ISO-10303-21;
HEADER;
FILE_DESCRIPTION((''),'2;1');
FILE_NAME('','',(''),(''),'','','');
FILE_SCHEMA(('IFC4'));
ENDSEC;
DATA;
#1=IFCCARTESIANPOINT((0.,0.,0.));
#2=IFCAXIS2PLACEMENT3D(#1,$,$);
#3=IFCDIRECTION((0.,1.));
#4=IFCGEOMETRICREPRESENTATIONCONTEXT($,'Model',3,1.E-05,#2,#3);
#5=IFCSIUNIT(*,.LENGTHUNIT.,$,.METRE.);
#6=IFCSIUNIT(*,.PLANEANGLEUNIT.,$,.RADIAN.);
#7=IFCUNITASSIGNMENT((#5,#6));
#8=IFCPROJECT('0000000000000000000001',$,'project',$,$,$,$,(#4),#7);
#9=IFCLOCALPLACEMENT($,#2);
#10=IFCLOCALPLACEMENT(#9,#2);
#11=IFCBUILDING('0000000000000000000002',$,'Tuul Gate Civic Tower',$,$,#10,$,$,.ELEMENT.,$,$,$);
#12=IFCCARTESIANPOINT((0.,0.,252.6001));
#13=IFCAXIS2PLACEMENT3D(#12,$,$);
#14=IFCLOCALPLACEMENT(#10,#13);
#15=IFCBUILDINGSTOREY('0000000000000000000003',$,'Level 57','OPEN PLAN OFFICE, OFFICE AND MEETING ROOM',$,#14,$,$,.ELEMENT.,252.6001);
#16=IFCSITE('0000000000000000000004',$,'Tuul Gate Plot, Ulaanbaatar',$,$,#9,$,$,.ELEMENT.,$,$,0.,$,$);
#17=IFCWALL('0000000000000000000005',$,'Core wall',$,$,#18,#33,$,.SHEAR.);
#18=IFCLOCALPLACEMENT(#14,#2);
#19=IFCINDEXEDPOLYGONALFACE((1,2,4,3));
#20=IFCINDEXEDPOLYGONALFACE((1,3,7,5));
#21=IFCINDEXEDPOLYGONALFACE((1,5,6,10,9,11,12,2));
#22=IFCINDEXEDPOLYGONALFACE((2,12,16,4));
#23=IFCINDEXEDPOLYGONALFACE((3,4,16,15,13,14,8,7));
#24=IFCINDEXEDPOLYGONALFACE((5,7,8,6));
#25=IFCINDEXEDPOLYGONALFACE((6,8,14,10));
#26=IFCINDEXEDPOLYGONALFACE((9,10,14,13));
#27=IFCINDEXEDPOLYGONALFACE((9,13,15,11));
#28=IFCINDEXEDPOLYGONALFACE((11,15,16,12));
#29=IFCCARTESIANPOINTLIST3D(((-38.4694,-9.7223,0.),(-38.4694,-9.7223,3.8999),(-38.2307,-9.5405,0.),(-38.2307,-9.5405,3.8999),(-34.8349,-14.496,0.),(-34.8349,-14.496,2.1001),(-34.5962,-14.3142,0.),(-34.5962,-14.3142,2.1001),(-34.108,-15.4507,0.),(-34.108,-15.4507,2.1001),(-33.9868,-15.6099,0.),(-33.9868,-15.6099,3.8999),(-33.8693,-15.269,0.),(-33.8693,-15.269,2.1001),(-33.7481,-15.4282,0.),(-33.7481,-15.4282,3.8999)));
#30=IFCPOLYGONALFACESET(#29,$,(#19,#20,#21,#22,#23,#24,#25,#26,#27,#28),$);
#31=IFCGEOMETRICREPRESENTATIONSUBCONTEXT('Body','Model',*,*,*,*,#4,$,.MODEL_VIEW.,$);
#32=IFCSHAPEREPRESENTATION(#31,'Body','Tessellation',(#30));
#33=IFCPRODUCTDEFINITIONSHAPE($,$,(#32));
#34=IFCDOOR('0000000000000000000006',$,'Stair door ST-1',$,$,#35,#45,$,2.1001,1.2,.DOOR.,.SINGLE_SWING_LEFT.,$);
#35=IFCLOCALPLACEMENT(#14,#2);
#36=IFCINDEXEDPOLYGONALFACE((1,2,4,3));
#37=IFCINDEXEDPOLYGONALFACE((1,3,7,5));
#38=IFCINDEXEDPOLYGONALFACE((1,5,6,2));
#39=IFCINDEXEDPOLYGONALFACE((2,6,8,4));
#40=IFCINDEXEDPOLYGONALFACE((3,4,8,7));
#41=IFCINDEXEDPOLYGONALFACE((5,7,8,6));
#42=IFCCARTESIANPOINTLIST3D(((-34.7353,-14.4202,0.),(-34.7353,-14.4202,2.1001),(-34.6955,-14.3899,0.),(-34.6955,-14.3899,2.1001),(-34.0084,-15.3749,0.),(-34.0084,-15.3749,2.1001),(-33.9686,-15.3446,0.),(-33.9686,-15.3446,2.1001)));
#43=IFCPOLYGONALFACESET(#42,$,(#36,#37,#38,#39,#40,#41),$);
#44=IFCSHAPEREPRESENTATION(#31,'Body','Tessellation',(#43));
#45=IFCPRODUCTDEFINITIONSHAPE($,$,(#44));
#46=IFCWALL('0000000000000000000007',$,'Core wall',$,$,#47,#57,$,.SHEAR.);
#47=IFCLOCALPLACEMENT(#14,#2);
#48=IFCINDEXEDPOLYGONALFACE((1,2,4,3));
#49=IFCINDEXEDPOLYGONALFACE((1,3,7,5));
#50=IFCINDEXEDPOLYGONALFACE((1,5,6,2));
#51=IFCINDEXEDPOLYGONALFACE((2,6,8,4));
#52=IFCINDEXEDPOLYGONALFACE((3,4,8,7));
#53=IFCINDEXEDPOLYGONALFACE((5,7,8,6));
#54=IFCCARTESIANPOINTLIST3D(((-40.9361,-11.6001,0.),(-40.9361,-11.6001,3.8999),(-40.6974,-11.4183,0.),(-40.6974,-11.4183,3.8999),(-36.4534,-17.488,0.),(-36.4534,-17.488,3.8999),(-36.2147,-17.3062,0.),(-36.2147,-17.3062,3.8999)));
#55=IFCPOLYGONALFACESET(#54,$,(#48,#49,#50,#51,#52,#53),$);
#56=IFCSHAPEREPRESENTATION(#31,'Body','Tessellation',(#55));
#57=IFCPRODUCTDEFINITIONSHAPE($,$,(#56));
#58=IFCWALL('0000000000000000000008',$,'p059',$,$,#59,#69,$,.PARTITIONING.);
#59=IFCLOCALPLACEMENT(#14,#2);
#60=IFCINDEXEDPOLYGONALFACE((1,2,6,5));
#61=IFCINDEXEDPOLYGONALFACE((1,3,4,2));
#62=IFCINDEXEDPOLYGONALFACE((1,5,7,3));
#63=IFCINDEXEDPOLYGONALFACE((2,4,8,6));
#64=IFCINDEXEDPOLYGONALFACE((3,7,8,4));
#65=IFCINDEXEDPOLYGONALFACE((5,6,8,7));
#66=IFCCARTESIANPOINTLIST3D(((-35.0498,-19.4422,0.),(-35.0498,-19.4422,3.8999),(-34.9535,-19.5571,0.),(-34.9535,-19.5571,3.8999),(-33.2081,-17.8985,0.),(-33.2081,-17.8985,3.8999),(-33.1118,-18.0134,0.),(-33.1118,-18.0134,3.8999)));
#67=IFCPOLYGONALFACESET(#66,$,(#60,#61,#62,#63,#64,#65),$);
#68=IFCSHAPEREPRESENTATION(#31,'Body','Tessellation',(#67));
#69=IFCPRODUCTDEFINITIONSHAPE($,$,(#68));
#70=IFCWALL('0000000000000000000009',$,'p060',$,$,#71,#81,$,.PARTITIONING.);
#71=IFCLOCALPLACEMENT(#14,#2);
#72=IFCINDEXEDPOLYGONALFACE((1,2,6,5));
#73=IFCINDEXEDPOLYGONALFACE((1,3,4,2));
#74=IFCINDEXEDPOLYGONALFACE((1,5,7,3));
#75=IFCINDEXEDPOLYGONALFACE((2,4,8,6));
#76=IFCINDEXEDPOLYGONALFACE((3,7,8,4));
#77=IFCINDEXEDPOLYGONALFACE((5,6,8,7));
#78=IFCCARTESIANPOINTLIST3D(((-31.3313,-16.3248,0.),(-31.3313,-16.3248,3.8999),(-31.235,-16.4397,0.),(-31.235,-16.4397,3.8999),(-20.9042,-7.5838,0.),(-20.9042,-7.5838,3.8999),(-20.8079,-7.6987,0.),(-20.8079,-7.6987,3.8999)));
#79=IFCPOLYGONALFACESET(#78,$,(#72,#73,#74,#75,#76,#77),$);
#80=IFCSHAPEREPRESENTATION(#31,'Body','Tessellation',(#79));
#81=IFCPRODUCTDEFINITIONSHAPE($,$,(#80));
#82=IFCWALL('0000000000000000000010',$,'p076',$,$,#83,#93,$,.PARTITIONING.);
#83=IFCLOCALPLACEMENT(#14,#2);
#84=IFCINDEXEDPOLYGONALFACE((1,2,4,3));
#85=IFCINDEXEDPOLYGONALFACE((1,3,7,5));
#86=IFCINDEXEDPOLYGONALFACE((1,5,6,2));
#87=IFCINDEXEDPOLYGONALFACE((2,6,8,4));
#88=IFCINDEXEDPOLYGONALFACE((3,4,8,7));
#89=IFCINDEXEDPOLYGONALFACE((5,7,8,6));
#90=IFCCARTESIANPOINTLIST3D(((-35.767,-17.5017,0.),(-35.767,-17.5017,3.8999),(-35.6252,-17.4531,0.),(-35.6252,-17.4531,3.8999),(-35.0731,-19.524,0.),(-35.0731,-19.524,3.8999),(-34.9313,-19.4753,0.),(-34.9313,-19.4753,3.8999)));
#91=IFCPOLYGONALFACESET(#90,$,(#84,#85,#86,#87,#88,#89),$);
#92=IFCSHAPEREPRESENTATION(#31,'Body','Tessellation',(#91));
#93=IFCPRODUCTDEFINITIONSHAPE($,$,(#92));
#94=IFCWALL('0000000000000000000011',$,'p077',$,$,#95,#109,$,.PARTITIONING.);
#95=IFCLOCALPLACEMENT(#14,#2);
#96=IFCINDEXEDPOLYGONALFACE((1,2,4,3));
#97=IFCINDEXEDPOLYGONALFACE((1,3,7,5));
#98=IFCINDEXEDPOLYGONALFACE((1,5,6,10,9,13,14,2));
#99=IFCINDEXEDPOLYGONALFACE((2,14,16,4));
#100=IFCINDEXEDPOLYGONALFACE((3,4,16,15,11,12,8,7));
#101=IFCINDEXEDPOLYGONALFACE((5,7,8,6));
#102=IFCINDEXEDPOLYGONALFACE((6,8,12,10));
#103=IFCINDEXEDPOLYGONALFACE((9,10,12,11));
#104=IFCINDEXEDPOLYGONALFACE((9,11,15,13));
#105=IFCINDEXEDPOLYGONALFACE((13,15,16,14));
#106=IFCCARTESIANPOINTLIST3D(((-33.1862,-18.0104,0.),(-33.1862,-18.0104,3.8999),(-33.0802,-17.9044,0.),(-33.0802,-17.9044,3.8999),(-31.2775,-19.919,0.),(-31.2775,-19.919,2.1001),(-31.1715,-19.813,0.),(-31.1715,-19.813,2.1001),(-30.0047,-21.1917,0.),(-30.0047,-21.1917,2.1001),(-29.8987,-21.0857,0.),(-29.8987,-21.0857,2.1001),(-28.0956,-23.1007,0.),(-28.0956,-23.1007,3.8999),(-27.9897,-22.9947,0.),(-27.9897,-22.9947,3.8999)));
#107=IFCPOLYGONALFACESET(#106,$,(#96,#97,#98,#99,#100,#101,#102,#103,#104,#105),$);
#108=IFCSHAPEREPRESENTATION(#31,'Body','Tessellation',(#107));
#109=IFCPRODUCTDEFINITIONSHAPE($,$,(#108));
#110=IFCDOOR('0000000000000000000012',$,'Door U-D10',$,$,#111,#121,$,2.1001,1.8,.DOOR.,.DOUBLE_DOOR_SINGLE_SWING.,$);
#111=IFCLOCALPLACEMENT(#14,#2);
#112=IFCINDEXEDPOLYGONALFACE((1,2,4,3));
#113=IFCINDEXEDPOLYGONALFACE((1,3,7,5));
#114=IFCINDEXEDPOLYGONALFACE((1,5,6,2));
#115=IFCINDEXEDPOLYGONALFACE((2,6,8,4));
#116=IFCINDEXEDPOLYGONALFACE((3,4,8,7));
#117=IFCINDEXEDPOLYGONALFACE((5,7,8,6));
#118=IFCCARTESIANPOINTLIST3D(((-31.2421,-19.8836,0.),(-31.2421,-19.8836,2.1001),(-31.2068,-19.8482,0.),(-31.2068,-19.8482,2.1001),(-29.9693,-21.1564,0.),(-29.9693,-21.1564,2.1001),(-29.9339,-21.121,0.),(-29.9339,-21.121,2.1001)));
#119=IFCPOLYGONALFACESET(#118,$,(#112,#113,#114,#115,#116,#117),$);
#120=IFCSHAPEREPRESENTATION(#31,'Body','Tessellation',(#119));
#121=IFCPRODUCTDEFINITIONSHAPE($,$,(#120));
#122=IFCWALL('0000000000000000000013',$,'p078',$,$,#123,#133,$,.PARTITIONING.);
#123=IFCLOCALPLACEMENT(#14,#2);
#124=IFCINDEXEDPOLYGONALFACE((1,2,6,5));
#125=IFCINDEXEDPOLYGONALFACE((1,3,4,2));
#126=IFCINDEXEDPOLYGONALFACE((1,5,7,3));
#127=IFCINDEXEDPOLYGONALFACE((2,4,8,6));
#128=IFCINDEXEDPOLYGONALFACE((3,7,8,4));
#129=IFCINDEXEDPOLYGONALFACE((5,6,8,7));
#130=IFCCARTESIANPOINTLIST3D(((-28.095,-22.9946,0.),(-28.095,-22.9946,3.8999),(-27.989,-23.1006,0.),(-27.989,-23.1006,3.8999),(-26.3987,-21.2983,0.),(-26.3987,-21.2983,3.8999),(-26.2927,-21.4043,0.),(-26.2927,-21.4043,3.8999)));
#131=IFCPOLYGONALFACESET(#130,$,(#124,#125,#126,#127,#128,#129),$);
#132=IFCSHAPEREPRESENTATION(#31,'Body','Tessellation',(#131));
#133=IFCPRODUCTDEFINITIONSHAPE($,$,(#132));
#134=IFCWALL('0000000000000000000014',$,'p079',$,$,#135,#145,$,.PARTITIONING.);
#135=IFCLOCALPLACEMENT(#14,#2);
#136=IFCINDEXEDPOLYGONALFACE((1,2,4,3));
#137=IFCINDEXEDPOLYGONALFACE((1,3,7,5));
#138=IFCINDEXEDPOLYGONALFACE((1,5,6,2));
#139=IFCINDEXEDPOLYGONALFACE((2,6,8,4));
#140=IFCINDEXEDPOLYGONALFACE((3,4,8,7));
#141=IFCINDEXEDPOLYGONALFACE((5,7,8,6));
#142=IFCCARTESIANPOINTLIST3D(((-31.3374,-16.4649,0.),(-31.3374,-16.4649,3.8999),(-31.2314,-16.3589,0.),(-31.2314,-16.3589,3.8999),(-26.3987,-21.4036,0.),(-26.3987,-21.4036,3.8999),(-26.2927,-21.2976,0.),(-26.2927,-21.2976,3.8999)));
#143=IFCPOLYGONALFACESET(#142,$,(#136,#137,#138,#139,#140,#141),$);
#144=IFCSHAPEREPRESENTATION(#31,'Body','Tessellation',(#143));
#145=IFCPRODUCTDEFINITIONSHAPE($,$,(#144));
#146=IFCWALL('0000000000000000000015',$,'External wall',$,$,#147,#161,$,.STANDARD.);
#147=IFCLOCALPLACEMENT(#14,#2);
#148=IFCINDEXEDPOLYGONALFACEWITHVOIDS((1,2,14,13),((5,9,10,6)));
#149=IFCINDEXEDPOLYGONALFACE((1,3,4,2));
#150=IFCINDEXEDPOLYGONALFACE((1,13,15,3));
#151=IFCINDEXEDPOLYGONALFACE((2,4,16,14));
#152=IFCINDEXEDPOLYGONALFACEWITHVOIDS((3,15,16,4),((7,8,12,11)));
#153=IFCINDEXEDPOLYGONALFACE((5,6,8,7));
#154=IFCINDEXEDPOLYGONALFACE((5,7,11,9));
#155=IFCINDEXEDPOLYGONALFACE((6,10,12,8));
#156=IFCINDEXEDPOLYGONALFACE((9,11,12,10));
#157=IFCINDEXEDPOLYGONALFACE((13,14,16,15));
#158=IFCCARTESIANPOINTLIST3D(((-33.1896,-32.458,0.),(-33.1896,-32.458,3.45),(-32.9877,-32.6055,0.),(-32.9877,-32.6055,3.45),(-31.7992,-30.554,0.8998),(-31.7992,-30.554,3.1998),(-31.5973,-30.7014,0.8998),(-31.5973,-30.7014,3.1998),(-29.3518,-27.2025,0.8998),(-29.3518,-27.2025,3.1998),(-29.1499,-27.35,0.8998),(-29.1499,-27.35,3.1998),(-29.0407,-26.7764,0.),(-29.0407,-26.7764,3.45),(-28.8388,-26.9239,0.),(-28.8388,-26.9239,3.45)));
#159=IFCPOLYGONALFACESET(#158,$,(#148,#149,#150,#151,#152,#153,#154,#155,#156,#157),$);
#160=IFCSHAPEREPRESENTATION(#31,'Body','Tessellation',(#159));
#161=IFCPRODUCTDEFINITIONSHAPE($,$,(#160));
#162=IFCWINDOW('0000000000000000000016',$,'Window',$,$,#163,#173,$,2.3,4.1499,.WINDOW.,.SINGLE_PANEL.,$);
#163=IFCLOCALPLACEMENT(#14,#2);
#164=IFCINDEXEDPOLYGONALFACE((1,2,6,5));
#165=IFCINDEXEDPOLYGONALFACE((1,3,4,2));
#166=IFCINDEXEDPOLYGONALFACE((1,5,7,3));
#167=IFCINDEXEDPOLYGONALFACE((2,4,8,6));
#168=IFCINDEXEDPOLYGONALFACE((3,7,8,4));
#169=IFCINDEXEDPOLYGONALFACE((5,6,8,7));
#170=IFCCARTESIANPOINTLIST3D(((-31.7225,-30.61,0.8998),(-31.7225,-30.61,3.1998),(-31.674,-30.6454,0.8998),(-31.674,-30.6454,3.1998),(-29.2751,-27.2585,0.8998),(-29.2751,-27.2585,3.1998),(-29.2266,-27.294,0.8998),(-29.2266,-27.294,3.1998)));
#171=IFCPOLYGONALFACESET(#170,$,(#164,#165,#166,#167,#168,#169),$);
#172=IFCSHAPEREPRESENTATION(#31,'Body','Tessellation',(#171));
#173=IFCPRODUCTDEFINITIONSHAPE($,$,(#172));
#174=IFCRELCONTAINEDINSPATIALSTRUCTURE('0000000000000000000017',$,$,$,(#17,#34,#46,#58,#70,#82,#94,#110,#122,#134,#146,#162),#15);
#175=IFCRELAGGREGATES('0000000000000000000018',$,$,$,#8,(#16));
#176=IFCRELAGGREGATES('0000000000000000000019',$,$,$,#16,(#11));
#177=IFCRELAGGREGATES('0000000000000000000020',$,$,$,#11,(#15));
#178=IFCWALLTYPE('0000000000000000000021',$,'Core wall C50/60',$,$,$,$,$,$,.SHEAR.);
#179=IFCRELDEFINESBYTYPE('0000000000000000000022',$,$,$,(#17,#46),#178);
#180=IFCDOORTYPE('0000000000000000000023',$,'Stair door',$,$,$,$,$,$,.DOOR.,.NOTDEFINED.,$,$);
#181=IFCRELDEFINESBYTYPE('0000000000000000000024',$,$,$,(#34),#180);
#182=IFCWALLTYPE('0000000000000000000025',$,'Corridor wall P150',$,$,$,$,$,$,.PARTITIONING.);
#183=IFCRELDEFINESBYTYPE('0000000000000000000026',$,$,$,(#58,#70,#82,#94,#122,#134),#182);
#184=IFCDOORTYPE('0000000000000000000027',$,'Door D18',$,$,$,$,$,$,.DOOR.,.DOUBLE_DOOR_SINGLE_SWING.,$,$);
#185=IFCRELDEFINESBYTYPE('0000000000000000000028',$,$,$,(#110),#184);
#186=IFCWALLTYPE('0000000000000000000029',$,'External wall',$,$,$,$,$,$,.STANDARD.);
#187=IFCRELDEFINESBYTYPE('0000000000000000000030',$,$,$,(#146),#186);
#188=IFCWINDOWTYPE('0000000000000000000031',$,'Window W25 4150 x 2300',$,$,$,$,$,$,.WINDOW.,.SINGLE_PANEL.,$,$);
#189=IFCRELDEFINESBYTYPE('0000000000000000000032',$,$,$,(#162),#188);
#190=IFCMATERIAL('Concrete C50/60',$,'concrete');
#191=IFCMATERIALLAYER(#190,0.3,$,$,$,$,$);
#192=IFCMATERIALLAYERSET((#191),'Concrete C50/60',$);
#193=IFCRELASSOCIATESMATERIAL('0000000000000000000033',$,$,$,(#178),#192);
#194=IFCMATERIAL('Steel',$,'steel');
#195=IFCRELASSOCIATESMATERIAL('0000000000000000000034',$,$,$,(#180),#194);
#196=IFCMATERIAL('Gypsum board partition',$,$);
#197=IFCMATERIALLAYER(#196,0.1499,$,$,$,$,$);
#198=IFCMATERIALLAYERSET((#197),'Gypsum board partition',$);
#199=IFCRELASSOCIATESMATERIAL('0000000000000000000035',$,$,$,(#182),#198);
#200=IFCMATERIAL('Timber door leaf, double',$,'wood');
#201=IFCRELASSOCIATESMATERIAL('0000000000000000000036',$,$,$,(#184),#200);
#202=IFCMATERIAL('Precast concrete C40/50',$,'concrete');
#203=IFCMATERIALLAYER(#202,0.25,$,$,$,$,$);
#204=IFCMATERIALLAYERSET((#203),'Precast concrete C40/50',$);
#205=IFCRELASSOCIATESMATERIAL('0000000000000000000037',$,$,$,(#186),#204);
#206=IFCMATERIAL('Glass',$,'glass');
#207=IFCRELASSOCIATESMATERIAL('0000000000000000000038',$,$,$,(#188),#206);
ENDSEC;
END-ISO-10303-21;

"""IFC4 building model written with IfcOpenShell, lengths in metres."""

from ifc_helpers import new_model, si_unit, direction, frame, frame_2d, origin, place, context, subcontext, project, spatial, rectangle, extrude, material, layer, layer_set, type_object, element, fill, save


model = new_model("IFC4")

# Units and contexts
model_context = context("Model", 3, precision=1e-05, world=origin(), true_north=direction((0.0, 1.0)))
body_context = subcontext(model_context, "Body", "Model", "MODEL_VIEW")
ifc_project = project(units=[si_unit("LENGTHUNIT", "METRE"), si_unit("PLANEANGLEUNIT", "RADIAN")], contexts=[model_context])

# Site, building, storey
site_placement = place(None, origin())
site = spatial("IfcSite", under=ifc_project, at=site_placement, Name="Tuul Gate Plot, Ulaanbaatar", CompositionType="ELEMENT", RefElevation=0.0)
building_placement = place(site_placement, origin())
building = spatial("IfcBuilding", under=site, at=building_placement, Name="Tuul Gate Civic Tower", CompositionType="ELEMENT")
storey_placement = place(building_placement, frame((0.0, 0.0, 252.6001)))
storey = spatial("IfcBuildingStorey", under=building, at=storey_placement, Name="Level 57", Description="OPEN PLAN OFFICE, OFFICE AND MEETING ROOM", CompositionType="ELEMENT", Elevation=252.6001)

# Wall, opening, door
ifc_material_1 = material(Name="Concrete C50/60", Category="concrete")
ifc_layer_1 = layer(ifc_material_1, 0.3)
ifc_layer_set_1 = layer_set([ifc_layer_1], Name="Concrete C50/60")
wall_type_1 = type_object("IfcWallType", Name="Core wall C50/60", PredefinedType="SHEAR", material=ifc_layer_set_1)
wall_1_placement = place(storey_placement, frame((-33.8674, -15.519, 0.0), z_axis=(0.0, 0.0, 1.0), x_axis=(-0.60577, 0.79564, 0.0)))
wall_1 = element("IfcWall", 1, at=wall_1_placement, inside=storey, type_object=wall_type_1, Name="Core wall", PredefinedType="SHEAR", context=body_context, shape_type="SweptSolid", body=[
    extrude(rectangle(XDim=7.3999, YDim=0.3, at=frame_2d((3.7, 0.0))), origin(), (0.0, 0.0, 1.0), 3.8999),
])
opening_1_placement = place(wall_1_placement, frame((0.2, 0.0, 0.0)))
opening_1 = element("IfcOpeningElement", 2, at=opening_1_placement, cuts=wall_1, PredefinedType="OPENING", context=body_context, shape_type="SweptSolid", body=[
    extrude(rectangle(XDim=1.2, YDim=2.1001, at=frame_2d((0.6001, 1.05))), frame((0.0, 0.1602, 0.0), z_axis=(0.0, -1.0, 0.0), x_axis=(1.0, 0.0, 0.0)), (0.0, 0.0, 1.0), 0.3201),
])
ifc_material_2 = material(Name="Steel", Category="steel")
door_type_1 = type_object("IfcDoorType", Name="Stair door", OperationType="NOTDEFINED", PredefinedType="DOOR", material=ifc_material_2)
door_1_placement = place(opening_1_placement, origin())
door_1 = element("IfcDoor", 3, at=door_1_placement, inside=storey, type_object=door_type_1, Name="Stair door ST-1", OperationType="SINGLE_SWING_LEFT", OverallHeight=2.1001, OverallWidth=1.2, PredefinedType="DOOR", context=body_context, shape_type="SweptSolid", body=[
    extrude(rectangle(XDim=1.2, YDim=2.1001, at=frame_2d((0.6001, 1.05))), frame((0.0, 0.0249, 0.0), z_axis=(0.0, -1.0, 0.0), x_axis=(1.0, 0.0, 0.0)), (0.0, 0.0, 1.0), 0.05),
])
fill(opening_1, door_1)

# Walls
wall_2_placement = place(storey_placement, frame((-36.334, -17.3972, 0.0), z_axis=(0.0, 0.0, 1.0), x_axis=(-0.605754, 0.795652, 0.0)))
element("IfcWall", 4, at=wall_2_placement, inside=storey, type_object=wall_type_1, Name="Core wall", PredefinedType="SHEAR", context=body_context, shape_type="SweptSolid", body=[
    extrude(rectangle(XDim=7.4001, YDim=0.3, at=frame_2d((3.7002, 0.0))), origin(), (0.0, 0.0, 1.0), 3.8999),
])
ifc_material_3 = material(Name="Gypsum board partition")
ifc_layer_2 = layer(ifc_material_3, 0.1499)
ifc_layer_set_2 = layer_set([ifc_layer_2], Name="Gypsum board partition")
wall_type_2 = type_object("IfcWallType", Name="Corridor wall P150", PredefinedType="PARTITIONING", material=ifc_layer_set_2)
wall_3_placement = place(storey_placement, frame((-35.0017, -19.4998, 0.0), z_axis=(0.0, 0.0, 1.0), x_axis=(0.766361, 0.64241, 0.0)))
element("IfcWall", 5, at=wall_3_placement, inside=storey, type_object=wall_type_2, Name="p059", PredefinedType="PARTITIONING", context=body_context, shape_type="SweptSolid", body=[
    extrude(rectangle(XDim=2.4031, YDim=0.1499, at=frame_2d((1.2017, 0.0))), origin(), (0.0, 0.0, 1.0), 3.8999),
])
wall_4_placement = place(storey_placement, frame((-31.2832, -16.3823, 0.0), z_axis=(0.0, 0.0, 1.0), x_axis=(0.766346, 0.642428, 0.0)))
element("IfcWall", 6, at=wall_4_placement, inside=storey, type_object=wall_type_2, Name="p060", PredefinedType="PARTITIONING", context=body_context, shape_type="SweptSolid", body=[
    extrude(rectangle(XDim=13.6062, YDim=0.1499, at=frame_2d((6.8032, 0.0))), origin(), (0.0, 0.0, 1.0), 3.8999),
])
wall_5_placement = place(storey_placement, frame((-35.696, -17.4775, 0.0), z_axis=(0.0, 0.0, 1.0), x_axis=(0.32454, -0.945872, 0.0)))
element("IfcWall", 7, at=wall_5_placement, inside=storey, type_object=wall_type_2, Name="p076", PredefinedType="PARTITIONING", context=body_context, shape_type="SweptSolid", body=[
    extrude(rectangle(XDim=2.1379, YDim=0.1499, at=frame_2d((1.0688, 0.0))), origin(), (0.0, 0.0, 1.0), 3.8999),
])

# Wall, opening, door
wall_6_placement = place(storey_placement, frame((-33.1333, -17.9573, 0.0), z_axis=(0.0, 0.0, 1.0), x_axis=(0.707124, -0.70709, 0.0)))
wall_6 = element("IfcWall", 8, at=wall_6_placement, inside=storey, type_object=wall_type_2, Name="p077", PredefinedType="PARTITIONING", context=body_context, shape_type="SweptSolid", body=[
    extrude(rectangle(XDim=7.199, YDim=0.1499, at=frame_2d((3.5996, 0.0))), origin(), (0.0, 0.0, 1.0), 3.8999),
])
opening_2_placement = place(wall_6_placement, frame((2.6995, 0.0, 0.0)))
opening_2 = element("IfcOpeningElement", 9, at=opening_2_placement, cuts=wall_6, PredefinedType="OPENING", context=body_context, shape_type="SweptSolid", body=[
    extrude(rectangle(XDim=1.8, YDim=2.1001, at=frame_2d((0.8999, 1.05))), frame((0.0, 0.085, 0.0), z_axis=(0.0, -1.0, 0.0), x_axis=(1.0, 0.0, 0.0)), (0.0, 0.0, 1.0), 0.1699),
])
ifc_material_4 = material(Name="Timber door leaf, double", Category="wood")
door_type_2 = type_object("IfcDoorType", Name="Door D18", OperationType="DOUBLE_DOOR_SINGLE_SWING", PredefinedType="DOOR", material=ifc_material_4)
door_2_placement = place(opening_2_placement, frame((1.8, 0.0, 0.0), z_axis=(0.0, 0.0, 1.0), x_axis=(-1.0, 0.0, 0.0)))
door_2 = element("IfcDoor", 10, at=door_2_placement, inside=storey, type_object=door_type_2, Name="Door U-D10", OperationType="DOUBLE_DOOR_SINGLE_SWING", OverallHeight=2.1001, OverallWidth=1.8, PredefinedType="DOOR", context=body_context, shape_type="SweptSolid", body=[
    extrude(rectangle(XDim=1.8, YDim=2.1001, at=frame_2d((0.9001, 1.05))), frame((0.0, 0.0249, 0.0), z_axis=(0.0, -1.0, 0.0), x_axis=(1.0, 0.0, 0.0)), (0.0, 0.0, 1.0), 0.05),
])
fill(opening_2, door_2)

# Walls
wall_7_placement = place(storey_placement, frame((-28.042, -23.0476, 0.0), z_axis=(0.0, 0.0, 1.0), x_axis=(0.707107, 0.707107, 0.0)))
element("IfcWall", 11, at=wall_7_placement, inside=storey, type_object=wall_type_2, Name="p078", PredefinedType="PARTITIONING", context=body_context, shape_type="SweptSolid", body=[
    extrude(rectangle(XDim=2.3989, YDim=0.1499, at=frame_2d((1.1995, 0.0))), origin(), (0.0, 0.0, 1.0), 3.8999),
])
wall_8_placement = place(storey_placement, frame((-31.2844, -16.4119, 0.0), z_axis=(0.0, 0.0, 1.0), x_axis=(0.707107, -0.707107, 0.0)))
element("IfcWall", 12, at=wall_8_placement, inside=storey, type_object=wall_type_2, Name="p079", PredefinedType="PARTITIONING", context=body_context, shape_type="SweptSolid", body=[
    extrude(rectangle(XDim=6.9844, YDim=0.1499, at=frame_2d((3.4922, 0.0))), origin(), (0.0, 0.0, 1.0), 3.8999),
])

# Wall, opening, window
ifc_material_5 = material(Name="Precast concrete C40/50", Category="concrete")
ifc_layer_3 = layer(ifc_material_5, 0.25)
ifc_layer_set_3 = layer_set([ifc_layer_3], Name="Precast concrete C40/50")
wall_type_3 = type_object("IfcWallType", Name="External wall", PredefinedType="STANDARD", material=ifc_layer_set_3)
wall_9_placement = place(storey_placement, frame((-33.0886, -32.5317, 0.0), z_axis=(0.0, 0.0, 1.0), x_axis=(0.589735, 0.807597, 0.0)))
wall_9 = element("IfcWall", 13, at=wall_9_placement, inside=storey, type_object=wall_type_3, Name="External wall", PredefinedType="STANDARD", context=body_context, shape_type="SweptSolid", body=[
    extrude(rectangle(XDim=7.0352, YDim=0.25, at=frame_2d((3.5176, 0.0))), origin(), (0.0, 0.0, 1.0), 3.45),
])
opening_3_placement = place(wall_9_placement, frame((2.3577, 0.0, 0.8999)))
opening_3 = element("IfcOpeningElement", 14, at=opening_3_placement, cuts=wall_9, PredefinedType="OPENING", context=body_context, shape_type="SweptSolid", body=[
    extrude(rectangle(XDim=4.1499, YDim=2.3, at=frame_2d((2.075, 1.1499))), frame((0.0, 0.135, 0.0), z_axis=(0.0, -1.0, 0.0), x_axis=(1.0, 0.0, 0.0)), (0.0, 0.0, 1.0), 0.27),
])
ifc_material_6 = material(Name="Glass", Category="glass")
window_type_1 = type_object("IfcWindowType", Name="Window W25 4150 x 2300", PartitioningType="SINGLE_PANEL", PredefinedType="WINDOW", material=ifc_material_6)
window_1_placement = place(opening_3_placement, origin())
window_1 = element("IfcWindow", 15, at=window_1_placement, inside=storey, type_object=window_type_1, Name="Window", OverallHeight=2.3, OverallWidth=4.1499, PartitioningType="SINGLE_PANEL", PredefinedType="WINDOW", context=body_context, shape_type="SweptSolid", body=[
    extrude(rectangle(XDim=4.1499, YDim=2.3, at=frame_2d((2.075, 1.1499))), frame((0.0, 0.03, 0.0), z_axis=(0.0, -1.0, 0.0), x_axis=(1.0, 0.0, 0.0)), (0.0, 0.0, 1.0), 0.0601),
])
fill(opening_3, window_1)

save(model, "model.ifc")
